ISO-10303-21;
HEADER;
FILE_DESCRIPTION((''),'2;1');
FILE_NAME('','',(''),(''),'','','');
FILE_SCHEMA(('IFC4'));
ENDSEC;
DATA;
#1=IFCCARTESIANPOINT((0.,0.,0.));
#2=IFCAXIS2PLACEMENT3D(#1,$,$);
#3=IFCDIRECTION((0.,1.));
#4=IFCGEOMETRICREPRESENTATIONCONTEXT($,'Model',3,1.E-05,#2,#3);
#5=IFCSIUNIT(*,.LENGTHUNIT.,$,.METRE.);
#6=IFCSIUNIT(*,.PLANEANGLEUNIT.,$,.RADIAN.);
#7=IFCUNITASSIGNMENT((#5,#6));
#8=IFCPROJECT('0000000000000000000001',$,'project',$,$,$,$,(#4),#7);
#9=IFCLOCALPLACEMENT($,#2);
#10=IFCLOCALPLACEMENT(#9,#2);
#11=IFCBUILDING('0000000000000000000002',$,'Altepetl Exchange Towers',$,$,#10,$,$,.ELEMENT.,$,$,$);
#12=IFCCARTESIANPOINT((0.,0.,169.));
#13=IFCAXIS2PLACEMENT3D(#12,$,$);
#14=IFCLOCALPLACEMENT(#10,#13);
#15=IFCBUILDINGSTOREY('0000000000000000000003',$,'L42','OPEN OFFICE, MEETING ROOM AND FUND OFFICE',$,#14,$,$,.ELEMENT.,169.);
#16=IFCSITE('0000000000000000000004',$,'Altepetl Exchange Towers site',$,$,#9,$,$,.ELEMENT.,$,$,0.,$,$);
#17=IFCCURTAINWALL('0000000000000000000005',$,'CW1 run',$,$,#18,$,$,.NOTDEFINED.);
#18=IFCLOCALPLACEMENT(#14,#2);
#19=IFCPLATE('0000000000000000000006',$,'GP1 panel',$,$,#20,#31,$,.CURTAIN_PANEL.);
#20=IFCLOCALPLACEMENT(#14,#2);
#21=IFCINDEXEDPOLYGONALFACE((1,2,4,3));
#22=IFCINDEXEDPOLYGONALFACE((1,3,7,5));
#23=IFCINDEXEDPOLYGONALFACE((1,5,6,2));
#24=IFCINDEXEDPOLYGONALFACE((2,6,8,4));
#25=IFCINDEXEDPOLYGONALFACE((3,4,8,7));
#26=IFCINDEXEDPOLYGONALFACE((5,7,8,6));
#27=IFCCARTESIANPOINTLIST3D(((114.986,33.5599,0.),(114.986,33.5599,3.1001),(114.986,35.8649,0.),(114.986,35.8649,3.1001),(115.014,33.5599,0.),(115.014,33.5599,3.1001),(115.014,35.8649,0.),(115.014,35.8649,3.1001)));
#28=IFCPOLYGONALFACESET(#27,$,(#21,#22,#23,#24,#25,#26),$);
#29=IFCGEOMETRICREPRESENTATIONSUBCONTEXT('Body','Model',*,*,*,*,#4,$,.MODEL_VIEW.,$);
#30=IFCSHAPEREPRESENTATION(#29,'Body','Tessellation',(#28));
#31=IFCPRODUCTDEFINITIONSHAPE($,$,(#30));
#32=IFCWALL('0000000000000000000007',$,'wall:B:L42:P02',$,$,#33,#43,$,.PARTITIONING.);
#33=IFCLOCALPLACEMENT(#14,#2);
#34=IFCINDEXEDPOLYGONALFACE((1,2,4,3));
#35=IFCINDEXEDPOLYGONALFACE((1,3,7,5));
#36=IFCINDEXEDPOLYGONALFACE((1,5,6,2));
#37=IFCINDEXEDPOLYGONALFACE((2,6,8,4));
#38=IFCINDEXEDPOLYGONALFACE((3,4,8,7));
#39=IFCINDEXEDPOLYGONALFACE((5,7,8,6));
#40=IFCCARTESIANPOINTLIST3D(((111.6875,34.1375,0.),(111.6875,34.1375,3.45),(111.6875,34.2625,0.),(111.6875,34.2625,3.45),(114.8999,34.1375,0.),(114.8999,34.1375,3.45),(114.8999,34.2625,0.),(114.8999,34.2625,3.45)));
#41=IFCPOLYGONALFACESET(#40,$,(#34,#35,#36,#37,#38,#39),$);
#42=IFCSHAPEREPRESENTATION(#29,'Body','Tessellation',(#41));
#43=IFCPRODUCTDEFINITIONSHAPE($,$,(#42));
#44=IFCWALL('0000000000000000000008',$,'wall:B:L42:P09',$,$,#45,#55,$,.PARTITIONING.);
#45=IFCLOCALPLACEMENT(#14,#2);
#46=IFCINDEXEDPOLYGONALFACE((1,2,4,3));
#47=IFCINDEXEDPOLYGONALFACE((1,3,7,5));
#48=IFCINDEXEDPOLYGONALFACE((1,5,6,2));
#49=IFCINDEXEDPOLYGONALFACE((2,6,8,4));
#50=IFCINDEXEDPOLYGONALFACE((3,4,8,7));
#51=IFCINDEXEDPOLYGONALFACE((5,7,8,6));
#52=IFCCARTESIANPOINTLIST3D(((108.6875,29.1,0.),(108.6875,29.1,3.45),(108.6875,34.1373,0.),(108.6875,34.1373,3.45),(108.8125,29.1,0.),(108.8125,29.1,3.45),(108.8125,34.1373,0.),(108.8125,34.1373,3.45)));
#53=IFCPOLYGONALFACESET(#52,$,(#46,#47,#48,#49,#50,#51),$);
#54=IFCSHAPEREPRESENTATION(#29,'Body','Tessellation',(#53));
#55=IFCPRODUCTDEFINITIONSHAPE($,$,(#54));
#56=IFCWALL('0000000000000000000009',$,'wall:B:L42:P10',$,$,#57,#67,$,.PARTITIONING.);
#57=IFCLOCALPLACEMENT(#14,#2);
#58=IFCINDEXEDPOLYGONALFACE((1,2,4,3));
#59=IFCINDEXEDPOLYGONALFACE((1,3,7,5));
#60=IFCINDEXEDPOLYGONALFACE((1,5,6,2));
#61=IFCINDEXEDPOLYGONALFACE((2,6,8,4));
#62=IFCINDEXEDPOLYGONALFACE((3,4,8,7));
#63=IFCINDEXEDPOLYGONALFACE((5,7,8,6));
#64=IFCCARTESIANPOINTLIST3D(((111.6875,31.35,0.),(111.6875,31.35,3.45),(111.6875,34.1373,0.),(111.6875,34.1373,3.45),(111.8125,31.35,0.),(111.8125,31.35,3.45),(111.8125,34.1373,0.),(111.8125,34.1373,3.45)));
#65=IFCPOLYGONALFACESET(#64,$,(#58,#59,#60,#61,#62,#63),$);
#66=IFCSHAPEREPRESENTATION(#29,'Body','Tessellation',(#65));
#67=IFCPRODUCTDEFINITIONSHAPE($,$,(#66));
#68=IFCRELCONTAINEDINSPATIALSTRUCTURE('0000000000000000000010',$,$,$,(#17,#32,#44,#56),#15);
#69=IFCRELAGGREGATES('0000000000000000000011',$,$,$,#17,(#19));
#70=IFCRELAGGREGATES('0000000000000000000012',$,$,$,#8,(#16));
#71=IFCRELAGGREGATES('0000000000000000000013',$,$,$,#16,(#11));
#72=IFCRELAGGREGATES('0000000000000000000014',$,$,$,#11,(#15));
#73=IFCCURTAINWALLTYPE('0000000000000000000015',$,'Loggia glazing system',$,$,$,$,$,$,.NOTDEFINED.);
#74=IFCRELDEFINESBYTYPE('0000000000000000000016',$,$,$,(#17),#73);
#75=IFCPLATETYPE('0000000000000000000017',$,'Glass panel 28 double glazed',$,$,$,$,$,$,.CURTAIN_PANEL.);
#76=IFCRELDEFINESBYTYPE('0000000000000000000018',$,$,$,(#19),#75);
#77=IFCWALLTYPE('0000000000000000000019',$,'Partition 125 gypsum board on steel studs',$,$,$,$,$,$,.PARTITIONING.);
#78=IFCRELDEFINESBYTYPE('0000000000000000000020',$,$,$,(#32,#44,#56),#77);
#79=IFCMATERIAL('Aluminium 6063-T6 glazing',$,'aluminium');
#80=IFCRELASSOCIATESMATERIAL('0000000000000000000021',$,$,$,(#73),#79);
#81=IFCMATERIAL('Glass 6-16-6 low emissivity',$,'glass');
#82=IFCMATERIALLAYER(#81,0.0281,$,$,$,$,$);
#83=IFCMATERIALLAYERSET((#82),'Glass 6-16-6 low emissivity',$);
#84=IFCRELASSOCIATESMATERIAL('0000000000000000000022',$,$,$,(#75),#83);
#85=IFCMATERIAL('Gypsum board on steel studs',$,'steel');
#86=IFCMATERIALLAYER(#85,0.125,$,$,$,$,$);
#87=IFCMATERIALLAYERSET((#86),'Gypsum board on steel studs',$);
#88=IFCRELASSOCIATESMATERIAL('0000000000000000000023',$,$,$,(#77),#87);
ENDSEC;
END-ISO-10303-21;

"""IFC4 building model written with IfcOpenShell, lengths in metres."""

from ifc_helpers import new_model, si_unit, direction, frame, frame_2d, origin, origin_2d, place, context, subcontext, project, spatial, rectangle, extrude, material, layer, layer_set, type_object, element, aggregate, save


model = new_model("IFC4")

# Units and contexts
model_context = context("Model", 3, precision=1e-05, world=origin(), true_north=direction((0.0, 1.0)))
body_context = subcontext(model_context, "Body", "Model", "MODEL_VIEW")
ifc_project = project(units=[si_unit("LENGTHUNIT", "METRE"), si_unit("PLANEANGLEUNIT", "RADIAN")], contexts=[model_context])

# Site, building, storey
site_placement = place(None, origin())
site = spatial("IfcSite", under=ifc_project, at=site_placement, Name="Altepetl Exchange Towers site", CompositionType="ELEMENT", RefElevation=0.0)
building_placement = place(site_placement, origin())
building = spatial("IfcBuilding", under=site, at=building_placement, Name="Altepetl Exchange Towers", CompositionType="ELEMENT")
storey_placement = place(building_placement, frame((0.0, 0.0, 169.0)))
storey = spatial("IfcBuildingStorey", under=building, at=storey_placement, Name="L42", Description="OPEN OFFICE, MEETING ROOM AND FUND OFFICE", CompositionType="ELEMENT", Elevation=169.0)

# Shared definitions
ifc_material_1 = material(Name="Aluminium 6063-T6 glazing", Category="aluminium")
curtain_wall_type = type_object("IfcCurtainWallType", Name="Loggia glazing system", PredefinedType="NOTDEFINED", material=ifc_material_1)

# Curtain wall
curtain_wall_1_placement = place(storey_placement, origin())
curtain_wall_1 = element("IfcCurtainWall", 1, at=curtain_wall_1_placement, inside=storey, type_object=curtain_wall_type, Name="CW1 run", PredefinedType="NOTDEFINED")

# Plate
ifc_material_2 = material(Name="Glass 6-16-6 low emissivity", Category="glass")
ifc_layer_1 = layer(ifc_material_2, 0.0281)
ifc_layer_set_1 = layer_set([ifc_layer_1], Name="Glass 6-16-6 low emissivity")
plate_type = type_object("IfcPlateType", Name="Glass panel 28 double glazed", PredefinedType="CURTAIN_PANEL", material=ifc_layer_set_1)
plate_1_placement = place(storey_placement, frame((115.0, 34.7124, 0.0), z_axis=(0.0, 0.0, 1.0), x_axis=(0.0, 1.0, 0.0)))
plate_1 = element("IfcPlate", 2, at=plate_1_placement, type_object=plate_type, Name="GP1 panel", PredefinedType="CURTAIN_PANEL", context=body_context, shape_type="SweptSolid", body=[
    extrude(rectangle(XDim=2.3049, YDim=0.0281, at=origin_2d()), origin(), (0.0, 0.0, 1.0), 3.1001),
])
aggregate(curtain_wall_1, [plate_1])

# Walls
ifc_material_3 = material(Name="Gypsum board on steel studs", Category="steel")
ifc_layer_2 = layer(ifc_material_3, 0.125)
ifc_layer_set_2 = layer_set([ifc_layer_2], Name="Gypsum board on steel studs")
wall_type = type_object("IfcWallType", Name="Partition 125 gypsum board on steel studs", PredefinedType="PARTITIONING", material=ifc_layer_set_2)
wall_1_placement = place(storey_placement, frame((111.6875, 34.2, 0.0)))
element("IfcWall", 3, at=wall_1_placement, inside=storey, type_object=wall_type, Name="wall:B:L42:P02", PredefinedType="PARTITIONING", context=body_context, shape_type="SweptSolid", body=[
    extrude(rectangle(XDim=3.2124, YDim=0.125, at=frame_2d((1.6062, 0.0))), origin(), (0.0, 0.0, 1.0), 3.45),
])
wall_2_placement = place(storey_placement, frame((108.75, 29.1001, 0.0), z_axis=(0.0, 0.0, 1.0), x_axis=(0.0, 1.0, 0.0)))
element("IfcWall", 4, at=wall_2_placement, inside=storey, type_object=wall_type, Name="wall:B:L42:P09", PredefinedType="PARTITIONING", context=body_context, shape_type="SweptSolid", body=[
    extrude(rectangle(XDim=5.0374, YDim=0.125, at=frame_2d((2.5186, 0.0))), origin(), (0.0, 0.0, 1.0), 3.45),
])
wall_3_placement = place(storey_placement, frame((111.75, 31.3501, 0.0), z_axis=(0.0, 0.0, 1.0), x_axis=(0.0, 1.0, 0.0)))
element("IfcWall", 5, at=wall_3_placement, inside=storey, type_object=wall_type, Name="wall:B:L42:P10", PredefinedType="PARTITIONING", context=body_context, shape_type="SweptSolid", body=[
    extrude(rectangle(XDim=2.7874, YDim=0.125, at=frame_2d((1.3936, 0.0))), origin(), (0.0, 0.0, 1.0), 3.45),
])

save(model, "model.ifc")
